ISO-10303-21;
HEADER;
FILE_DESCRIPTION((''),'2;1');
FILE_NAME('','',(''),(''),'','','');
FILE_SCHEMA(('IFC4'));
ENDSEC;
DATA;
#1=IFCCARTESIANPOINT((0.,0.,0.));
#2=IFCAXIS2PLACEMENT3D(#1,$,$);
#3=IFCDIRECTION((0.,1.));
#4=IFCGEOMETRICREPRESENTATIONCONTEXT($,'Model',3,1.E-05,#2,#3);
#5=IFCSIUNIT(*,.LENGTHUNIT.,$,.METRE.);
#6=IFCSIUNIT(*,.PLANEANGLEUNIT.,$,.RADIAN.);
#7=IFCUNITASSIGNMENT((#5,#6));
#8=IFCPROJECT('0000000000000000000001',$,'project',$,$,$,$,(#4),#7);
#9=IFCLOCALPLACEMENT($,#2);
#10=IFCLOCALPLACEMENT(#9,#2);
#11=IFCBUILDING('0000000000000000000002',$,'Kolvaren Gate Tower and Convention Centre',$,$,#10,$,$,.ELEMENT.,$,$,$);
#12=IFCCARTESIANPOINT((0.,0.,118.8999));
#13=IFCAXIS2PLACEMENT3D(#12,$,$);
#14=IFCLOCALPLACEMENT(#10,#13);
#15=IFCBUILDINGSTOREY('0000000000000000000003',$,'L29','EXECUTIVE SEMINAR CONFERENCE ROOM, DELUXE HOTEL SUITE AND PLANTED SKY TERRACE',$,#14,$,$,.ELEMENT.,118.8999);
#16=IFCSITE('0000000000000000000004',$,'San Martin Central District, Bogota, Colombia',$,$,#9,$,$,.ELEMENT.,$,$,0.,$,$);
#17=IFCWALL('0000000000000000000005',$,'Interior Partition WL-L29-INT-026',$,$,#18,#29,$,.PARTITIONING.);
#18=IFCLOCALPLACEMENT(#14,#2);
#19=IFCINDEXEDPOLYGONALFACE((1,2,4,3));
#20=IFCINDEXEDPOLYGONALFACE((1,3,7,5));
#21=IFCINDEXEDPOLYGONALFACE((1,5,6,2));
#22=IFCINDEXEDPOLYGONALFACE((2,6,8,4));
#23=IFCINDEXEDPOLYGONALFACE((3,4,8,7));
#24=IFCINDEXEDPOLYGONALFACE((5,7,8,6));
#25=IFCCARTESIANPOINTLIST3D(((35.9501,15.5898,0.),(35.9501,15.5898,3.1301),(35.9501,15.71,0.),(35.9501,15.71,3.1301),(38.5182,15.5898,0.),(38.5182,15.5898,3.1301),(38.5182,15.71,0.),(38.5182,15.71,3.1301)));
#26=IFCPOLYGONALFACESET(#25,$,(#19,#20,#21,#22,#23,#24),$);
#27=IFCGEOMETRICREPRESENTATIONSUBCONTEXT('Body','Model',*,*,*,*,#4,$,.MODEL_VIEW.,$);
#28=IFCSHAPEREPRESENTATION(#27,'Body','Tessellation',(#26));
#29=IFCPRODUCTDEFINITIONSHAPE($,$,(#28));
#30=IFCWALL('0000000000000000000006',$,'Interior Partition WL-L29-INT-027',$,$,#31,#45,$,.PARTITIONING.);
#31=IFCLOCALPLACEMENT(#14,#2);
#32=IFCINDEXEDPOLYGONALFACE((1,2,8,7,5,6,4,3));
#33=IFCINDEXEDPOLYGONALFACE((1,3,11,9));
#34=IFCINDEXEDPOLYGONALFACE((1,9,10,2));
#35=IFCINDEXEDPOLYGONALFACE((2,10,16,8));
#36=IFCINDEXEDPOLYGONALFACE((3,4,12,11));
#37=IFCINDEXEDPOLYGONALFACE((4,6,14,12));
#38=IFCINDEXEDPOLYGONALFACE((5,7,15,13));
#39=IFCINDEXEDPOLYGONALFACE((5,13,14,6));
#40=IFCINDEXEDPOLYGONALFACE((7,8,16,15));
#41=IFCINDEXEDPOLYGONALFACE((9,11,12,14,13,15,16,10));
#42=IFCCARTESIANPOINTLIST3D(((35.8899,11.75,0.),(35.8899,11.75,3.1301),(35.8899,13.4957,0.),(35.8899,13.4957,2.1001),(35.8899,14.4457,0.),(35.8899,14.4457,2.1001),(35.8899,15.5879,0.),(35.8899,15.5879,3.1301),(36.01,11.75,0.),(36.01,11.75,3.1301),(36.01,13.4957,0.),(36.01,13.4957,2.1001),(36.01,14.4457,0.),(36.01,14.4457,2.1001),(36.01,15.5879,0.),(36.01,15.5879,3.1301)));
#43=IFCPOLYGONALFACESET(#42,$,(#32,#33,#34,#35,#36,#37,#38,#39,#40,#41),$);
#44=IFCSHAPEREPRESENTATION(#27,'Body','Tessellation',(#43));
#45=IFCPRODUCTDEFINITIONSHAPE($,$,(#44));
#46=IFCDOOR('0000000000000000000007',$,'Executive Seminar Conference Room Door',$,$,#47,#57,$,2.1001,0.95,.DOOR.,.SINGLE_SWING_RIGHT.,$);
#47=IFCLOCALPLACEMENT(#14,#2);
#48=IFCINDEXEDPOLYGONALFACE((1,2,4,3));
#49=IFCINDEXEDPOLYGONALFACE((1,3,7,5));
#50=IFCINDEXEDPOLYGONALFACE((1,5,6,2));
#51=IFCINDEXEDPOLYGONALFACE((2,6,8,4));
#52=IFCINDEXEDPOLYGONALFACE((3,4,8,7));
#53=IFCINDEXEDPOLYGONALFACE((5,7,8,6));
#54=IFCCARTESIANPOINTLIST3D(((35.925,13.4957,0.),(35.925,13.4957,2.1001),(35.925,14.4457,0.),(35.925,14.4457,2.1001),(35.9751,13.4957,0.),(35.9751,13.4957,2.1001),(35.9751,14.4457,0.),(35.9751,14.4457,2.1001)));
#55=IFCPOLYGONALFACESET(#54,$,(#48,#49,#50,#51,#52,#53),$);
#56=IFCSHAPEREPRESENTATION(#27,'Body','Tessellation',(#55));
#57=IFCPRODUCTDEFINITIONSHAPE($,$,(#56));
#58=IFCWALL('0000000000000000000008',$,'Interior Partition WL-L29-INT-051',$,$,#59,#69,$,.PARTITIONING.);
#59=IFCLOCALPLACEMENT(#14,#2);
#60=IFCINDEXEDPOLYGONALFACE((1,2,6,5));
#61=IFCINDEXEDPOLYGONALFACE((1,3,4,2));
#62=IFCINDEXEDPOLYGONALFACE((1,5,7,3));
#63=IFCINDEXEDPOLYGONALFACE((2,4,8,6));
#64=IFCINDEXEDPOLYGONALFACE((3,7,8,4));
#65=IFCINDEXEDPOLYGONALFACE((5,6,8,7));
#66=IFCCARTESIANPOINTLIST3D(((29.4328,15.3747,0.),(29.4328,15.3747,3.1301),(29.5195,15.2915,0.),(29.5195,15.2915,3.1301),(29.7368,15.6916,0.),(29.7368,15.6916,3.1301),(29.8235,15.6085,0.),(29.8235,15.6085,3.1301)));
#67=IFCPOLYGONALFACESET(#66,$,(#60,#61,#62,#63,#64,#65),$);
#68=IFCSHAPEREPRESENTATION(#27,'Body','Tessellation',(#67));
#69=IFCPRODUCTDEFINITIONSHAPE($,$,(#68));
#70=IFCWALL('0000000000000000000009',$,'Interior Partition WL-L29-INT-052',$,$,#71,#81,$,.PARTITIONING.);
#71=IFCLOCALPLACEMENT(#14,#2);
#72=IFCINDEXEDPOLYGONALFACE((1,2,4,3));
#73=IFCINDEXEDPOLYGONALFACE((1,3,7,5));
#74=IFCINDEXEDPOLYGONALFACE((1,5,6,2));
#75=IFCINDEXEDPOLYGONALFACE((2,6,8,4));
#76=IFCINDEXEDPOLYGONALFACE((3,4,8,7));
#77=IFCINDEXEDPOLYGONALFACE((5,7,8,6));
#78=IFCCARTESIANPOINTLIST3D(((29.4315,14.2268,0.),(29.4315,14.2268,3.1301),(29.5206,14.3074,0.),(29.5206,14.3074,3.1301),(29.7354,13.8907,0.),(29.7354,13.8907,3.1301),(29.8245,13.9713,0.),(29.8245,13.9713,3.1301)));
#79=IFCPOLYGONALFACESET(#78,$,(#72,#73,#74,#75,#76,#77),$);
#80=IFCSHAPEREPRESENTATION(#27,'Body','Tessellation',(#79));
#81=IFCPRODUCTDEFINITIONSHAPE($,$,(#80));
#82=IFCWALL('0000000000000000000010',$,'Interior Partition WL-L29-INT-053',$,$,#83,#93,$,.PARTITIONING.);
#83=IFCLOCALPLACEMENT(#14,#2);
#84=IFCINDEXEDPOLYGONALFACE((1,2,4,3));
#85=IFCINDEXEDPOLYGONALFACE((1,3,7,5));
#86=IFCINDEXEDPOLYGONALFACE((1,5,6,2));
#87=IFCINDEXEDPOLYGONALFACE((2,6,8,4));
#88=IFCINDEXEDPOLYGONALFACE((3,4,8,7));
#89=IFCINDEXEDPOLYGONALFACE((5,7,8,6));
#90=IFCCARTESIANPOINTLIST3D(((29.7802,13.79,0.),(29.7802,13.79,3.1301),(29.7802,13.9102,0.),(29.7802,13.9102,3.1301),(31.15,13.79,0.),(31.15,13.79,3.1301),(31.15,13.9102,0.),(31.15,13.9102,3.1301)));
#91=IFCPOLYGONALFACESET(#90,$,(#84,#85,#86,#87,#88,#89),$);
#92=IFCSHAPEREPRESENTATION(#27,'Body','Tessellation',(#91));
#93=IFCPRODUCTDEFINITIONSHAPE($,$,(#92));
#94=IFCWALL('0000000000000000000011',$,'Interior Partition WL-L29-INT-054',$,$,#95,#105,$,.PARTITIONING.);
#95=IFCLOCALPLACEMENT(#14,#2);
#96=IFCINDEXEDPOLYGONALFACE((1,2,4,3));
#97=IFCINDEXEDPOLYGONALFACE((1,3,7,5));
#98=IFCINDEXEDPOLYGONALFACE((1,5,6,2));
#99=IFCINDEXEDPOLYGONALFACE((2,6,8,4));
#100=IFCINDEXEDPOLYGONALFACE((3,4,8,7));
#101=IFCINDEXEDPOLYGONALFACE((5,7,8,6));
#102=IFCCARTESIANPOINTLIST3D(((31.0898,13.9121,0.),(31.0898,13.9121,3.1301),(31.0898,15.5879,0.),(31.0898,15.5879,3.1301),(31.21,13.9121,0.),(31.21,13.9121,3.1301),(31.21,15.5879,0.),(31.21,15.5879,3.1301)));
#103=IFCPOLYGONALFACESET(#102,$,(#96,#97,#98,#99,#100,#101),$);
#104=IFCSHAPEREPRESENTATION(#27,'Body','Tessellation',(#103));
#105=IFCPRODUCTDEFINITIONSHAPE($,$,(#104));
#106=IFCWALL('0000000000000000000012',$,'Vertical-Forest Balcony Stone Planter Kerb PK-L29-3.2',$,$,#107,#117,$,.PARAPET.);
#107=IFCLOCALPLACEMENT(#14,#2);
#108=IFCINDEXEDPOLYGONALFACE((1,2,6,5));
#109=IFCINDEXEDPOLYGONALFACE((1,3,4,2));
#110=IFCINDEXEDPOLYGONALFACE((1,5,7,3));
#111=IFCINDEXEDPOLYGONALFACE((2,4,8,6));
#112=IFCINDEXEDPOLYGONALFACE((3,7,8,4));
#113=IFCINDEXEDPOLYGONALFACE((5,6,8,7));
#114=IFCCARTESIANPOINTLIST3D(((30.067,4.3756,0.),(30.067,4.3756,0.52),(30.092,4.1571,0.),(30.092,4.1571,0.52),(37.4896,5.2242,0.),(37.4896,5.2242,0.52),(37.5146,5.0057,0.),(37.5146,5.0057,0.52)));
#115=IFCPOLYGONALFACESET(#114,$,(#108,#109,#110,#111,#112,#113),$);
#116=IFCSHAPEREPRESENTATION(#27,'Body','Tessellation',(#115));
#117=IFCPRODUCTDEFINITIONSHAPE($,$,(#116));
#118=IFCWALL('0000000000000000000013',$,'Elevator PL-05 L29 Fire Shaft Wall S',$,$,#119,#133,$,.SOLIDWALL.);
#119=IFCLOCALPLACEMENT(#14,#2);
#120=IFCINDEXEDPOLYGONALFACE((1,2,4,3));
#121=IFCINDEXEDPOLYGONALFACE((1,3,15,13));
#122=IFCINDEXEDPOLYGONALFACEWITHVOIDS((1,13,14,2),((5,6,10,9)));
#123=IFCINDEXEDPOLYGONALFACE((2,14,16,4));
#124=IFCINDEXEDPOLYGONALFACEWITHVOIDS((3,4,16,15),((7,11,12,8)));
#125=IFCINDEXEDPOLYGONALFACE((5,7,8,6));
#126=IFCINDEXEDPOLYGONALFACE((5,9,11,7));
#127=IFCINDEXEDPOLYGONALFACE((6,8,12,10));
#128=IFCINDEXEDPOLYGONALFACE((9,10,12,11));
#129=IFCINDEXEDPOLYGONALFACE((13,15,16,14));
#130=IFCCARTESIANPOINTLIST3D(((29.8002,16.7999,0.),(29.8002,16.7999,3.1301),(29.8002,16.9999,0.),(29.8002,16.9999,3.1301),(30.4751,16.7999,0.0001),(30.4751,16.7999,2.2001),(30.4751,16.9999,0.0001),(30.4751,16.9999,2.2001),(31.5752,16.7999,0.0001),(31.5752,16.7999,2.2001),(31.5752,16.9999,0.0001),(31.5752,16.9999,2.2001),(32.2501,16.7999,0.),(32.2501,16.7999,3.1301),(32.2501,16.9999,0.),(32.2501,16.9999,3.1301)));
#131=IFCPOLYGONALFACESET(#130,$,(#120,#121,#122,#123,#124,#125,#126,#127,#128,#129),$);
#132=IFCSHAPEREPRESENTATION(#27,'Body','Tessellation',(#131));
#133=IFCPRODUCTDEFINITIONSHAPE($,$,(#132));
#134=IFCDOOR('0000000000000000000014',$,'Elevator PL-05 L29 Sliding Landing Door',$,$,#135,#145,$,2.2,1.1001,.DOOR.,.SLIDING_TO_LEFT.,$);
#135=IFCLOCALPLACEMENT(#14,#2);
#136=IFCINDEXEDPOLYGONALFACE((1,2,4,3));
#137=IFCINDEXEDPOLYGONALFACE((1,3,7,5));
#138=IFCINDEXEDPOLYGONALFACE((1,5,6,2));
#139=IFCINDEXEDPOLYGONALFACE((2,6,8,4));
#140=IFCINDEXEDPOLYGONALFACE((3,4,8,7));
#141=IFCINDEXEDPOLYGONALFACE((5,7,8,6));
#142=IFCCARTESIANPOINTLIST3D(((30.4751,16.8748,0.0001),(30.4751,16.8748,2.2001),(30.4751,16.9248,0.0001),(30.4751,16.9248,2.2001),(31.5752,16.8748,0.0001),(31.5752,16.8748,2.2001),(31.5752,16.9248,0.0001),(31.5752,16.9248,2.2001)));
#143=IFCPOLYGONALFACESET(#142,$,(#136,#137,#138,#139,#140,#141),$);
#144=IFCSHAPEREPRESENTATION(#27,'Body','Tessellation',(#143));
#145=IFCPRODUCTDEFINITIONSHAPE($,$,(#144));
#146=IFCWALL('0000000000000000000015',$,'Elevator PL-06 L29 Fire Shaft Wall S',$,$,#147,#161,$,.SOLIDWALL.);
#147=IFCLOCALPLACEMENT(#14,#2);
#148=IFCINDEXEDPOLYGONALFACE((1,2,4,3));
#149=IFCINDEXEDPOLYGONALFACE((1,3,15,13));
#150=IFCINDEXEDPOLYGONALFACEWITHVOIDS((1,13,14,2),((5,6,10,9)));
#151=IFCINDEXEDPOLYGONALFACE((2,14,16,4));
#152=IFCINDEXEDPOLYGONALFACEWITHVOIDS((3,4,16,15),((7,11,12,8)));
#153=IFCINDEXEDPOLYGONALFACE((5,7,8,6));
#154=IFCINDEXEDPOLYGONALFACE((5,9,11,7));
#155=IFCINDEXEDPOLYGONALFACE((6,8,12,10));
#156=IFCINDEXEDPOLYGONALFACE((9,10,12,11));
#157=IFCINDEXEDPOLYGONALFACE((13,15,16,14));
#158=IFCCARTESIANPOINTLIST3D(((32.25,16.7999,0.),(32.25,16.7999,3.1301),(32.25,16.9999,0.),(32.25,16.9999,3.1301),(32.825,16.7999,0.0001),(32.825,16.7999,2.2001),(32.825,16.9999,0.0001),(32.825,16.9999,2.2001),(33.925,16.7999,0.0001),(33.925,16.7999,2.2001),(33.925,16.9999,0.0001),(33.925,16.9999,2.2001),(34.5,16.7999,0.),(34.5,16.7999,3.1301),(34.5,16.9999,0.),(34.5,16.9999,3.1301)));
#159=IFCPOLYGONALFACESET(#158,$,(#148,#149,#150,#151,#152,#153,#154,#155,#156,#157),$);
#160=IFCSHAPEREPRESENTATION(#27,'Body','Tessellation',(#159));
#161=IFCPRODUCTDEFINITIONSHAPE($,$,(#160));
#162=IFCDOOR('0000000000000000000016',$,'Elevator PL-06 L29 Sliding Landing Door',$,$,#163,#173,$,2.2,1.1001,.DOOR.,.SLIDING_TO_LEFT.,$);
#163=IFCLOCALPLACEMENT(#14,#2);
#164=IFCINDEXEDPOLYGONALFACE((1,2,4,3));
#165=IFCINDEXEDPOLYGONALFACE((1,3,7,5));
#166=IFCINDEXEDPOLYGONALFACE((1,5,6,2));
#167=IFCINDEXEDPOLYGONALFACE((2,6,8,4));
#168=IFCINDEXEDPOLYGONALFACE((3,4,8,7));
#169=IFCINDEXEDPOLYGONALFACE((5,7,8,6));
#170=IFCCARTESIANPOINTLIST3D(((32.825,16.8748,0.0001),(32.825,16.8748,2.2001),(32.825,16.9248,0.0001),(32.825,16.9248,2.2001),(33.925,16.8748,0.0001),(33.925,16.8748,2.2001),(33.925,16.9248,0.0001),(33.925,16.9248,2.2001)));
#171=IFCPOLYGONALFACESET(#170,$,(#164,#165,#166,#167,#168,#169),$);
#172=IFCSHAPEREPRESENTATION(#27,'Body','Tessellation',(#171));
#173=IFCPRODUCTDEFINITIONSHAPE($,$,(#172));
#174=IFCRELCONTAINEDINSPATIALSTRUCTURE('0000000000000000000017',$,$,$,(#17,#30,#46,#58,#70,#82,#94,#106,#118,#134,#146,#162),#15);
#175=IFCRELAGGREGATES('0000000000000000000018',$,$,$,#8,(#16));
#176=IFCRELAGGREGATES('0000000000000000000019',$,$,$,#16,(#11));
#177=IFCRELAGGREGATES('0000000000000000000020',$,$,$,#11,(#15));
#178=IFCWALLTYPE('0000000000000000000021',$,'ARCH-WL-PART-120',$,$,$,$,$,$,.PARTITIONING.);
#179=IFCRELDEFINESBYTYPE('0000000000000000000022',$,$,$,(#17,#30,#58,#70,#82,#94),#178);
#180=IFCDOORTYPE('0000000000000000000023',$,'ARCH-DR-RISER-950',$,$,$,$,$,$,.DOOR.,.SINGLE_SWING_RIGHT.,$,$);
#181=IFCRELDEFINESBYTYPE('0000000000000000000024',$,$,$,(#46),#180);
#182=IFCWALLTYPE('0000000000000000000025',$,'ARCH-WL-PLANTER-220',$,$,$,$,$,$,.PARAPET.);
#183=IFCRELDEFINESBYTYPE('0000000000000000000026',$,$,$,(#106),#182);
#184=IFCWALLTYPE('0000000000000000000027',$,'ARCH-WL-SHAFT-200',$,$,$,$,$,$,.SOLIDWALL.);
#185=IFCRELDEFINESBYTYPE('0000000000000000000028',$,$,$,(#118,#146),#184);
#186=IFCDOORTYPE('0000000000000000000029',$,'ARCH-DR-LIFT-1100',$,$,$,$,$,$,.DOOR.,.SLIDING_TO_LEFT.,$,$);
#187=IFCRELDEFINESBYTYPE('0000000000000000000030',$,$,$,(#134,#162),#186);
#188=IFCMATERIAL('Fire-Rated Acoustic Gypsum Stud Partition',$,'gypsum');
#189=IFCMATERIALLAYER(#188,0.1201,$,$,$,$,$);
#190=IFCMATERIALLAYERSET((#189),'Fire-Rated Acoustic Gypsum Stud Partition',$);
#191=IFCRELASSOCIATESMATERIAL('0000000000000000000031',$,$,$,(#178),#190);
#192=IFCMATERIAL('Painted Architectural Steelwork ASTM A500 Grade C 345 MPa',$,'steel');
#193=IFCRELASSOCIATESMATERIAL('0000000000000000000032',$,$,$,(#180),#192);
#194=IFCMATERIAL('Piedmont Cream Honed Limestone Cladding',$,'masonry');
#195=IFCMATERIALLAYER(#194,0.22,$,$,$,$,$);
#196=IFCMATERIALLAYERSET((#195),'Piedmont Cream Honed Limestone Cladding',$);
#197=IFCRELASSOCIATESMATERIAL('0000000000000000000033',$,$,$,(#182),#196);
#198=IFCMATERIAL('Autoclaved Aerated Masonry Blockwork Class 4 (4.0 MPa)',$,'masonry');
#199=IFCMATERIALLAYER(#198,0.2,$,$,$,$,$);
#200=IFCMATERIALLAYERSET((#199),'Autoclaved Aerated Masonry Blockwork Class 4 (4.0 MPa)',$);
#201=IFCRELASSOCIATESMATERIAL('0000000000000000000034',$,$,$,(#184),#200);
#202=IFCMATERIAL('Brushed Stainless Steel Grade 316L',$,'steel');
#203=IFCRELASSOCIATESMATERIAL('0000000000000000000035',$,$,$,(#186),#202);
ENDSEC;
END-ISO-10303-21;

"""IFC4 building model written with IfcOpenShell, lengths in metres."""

from ifc_helpers import new_model, si_unit, direction, frame, frame_2d, origin, place, context, subcontext, project, spatial, rectangle, extrude, material, layer, layer_set, type_object, element, fill, save


model = new_model("IFC4")

# Units and contexts
model_context = context("Model", 3, precision=1e-05, world=origin(), true_north=direction((0.0, 1.0)))
body_context = subcontext(model_context, "Body", "Model", "MODEL_VIEW")
ifc_project = project(units=[si_unit("LENGTHUNIT", "METRE"), si_unit("PLANEANGLEUNIT", "RADIAN")], contexts=[model_context])

# Site, building, storey
site_placement = place(None, origin())
site = spatial("IfcSite", under=ifc_project, at=site_placement, Name="San Martin Central District, Bogota, Colombia", CompositionType="ELEMENT", RefElevation=0.0)
building_placement = place(site_placement, origin())
building = spatial("IfcBuilding", under=site, at=building_placement, Name="Kolvaren Gate Tower and Convention Centre", CompositionType="ELEMENT")
storey_placement = place(building_placement, frame((0.0, 0.0, 118.8999)))
storey = spatial("IfcBuildingStorey", under=building, at=storey_placement, Name="L29", Description="EXECUTIVE SEMINAR CONFERENCE ROOM, DELUXE HOTEL SUITE AND PLANTED SKY TERRACE", CompositionType="ELEMENT", Elevation=118.8999)

# Wall
ifc_material_1 = material(Name="Fire-Rated Acoustic Gypsum Stud Partition", Category="gypsum")
ifc_layer_1 = layer(ifc_material_1, 0.1201)
ifc_layer_set_1 = layer_set([ifc_layer_1], Name="Fire-Rated Acoustic Gypsum Stud Partition")
wall_type_1 = type_object("IfcWallType", Name="ARCH-WL-PART-120", PredefinedType="PARTITIONING", material=ifc_layer_set_1)
wall_1_placement = place(storey_placement, frame((35.95, 15.6499, 0.0), z_axis=(0.0, 0.0, 1.0), x_axis=(1.0, 0.0, 0.0)))
element("IfcWall", 1, at=wall_1_placement, inside=storey, type_object=wall_type_1, Name="Interior Partition WL-L29-INT-026", PredefinedType="PARTITIONING", context=body_context, shape_type="SweptSolid", body=[
    extrude(rectangle(XDim=2.5681, YDim=0.1201, at=frame_2d((1.2842, 0.0))), origin(), (0.0, 0.0, 1.0), 3.1301),
])

# Wall, opening, door
wall_2_placement = place(storey_placement, frame((35.95, 11.75, 0.0), z_axis=(0.0, 0.0, 1.0), x_axis=(0.0, 1.0, 0.0)))
wall_2 = element("IfcWall", 2, at=wall_2_placement, inside=storey, type_object=wall_type_1, Name="Interior Partition WL-L29-INT-027", PredefinedType="PARTITIONING", context=body_context, shape_type="SweptSolid", body=[
    extrude(rectangle(XDim=3.8379, YDim=0.1201, at=frame_2d((1.9189, 0.0))), origin(), (0.0, 0.0, 1.0), 3.1301),
])
opening_1_placement = place(wall_2_placement, frame((1.7456, 0.0, 0.0)))
opening_1 = element("IfcOpeningElement", 3, at=opening_1_placement, cuts=wall_2, PredefinedType="OPENING", context=body_context, shape_type="SweptSolid", body=[
    extrude(rectangle(XDim=0.95, YDim=2.1001, at=frame_2d((0.4751, 1.05))), frame((0.0, 0.0701, 0.0), z_axis=(0.0, -1.0, 0.0), x_axis=(1.0, 0.0, 0.0)), (0.0, 0.0, 1.0), 0.1401),
])
ifc_material_2 = material(Name="Painted Architectural Steelwork ASTM A500 Grade C 345 MPa", Category="steel")
door_type_1 = type_object("IfcDoorType", Name="ARCH-DR-RISER-950", OperationType="SINGLE_SWING_RIGHT", PredefinedType="DOOR", material=ifc_material_2)
door_1_placement = place(opening_1_placement, origin())
door_1 = element("IfcDoor", 4, at=door_1_placement, inside=storey, type_object=door_type_1, Name="Executive Seminar Conference Room Door", OperationType="SINGLE_SWING_RIGHT", OverallHeight=2.1001, OverallWidth=0.95, PredefinedType="DOOR", context=body_context, shape_type="SweptSolid", body=[
    extrude(rectangle(XDim=0.95, YDim=2.1001, at=frame_2d((0.4751, 1.05))), frame((0.0, 0.0249, 0.0), z_axis=(0.0, -1.0, 0.0), x_axis=(1.0, 0.0, 0.0)), (0.0, 0.0, 1.0), 0.05),
])
fill(opening_1, door_1)

# Walls
wall_3_placement = place(storey_placement, frame((29.4761, 15.333, 0.0), z_axis=(0.0, 0.0, 1.0), x_axis=(0.692219, 0.721687, 0.0)))
element("IfcWall", 5, at=wall_3_placement, inside=storey, type_object=wall_type_1, Name="Interior Partition WL-L29-INT-051", PredefinedType="PARTITIONING", context=body_context, shape_type="SweptSolid", body=[
    extrude(rectangle(XDim=0.4392, YDim=0.1201, at=frame_2d((0.2197, 0.0))), origin(), (0.0, 0.0, 1.0), 3.1301),
])
wall_4_placement = place(storey_placement, frame((29.4761, 14.2671, 0.0), z_axis=(0.0, 0.0, 1.0), x_axis=(0.670659, -0.741765, 0.0)))
element("IfcWall", 6, at=wall_4_placement, inside=storey, type_object=wall_type_1, Name="Interior Partition WL-L29-INT-052", PredefinedType="PARTITIONING", context=body_context, shape_type="SweptSolid", body=[
    extrude(rectangle(XDim=0.4531, YDim=0.1201, at=frame_2d((0.2266, 0.0))), origin(), (0.0, 0.0, 1.0), 3.1301),
])
wall_5_placement = place(storey_placement, frame((29.78, 13.8501, 0.0), z_axis=(0.0, 0.0, 1.0), x_axis=(1.0, 0.0, 0.0)))
element("IfcWall", 7, at=wall_5_placement, inside=storey, type_object=wall_type_1, Name="Interior Partition WL-L29-INT-053", PredefinedType="PARTITIONING", context=body_context, shape_type="SweptSolid", body=[
    extrude(rectangle(XDim=1.3699, YDim=0.1201, at=frame_2d((0.6851, 0.0))), origin(), (0.0, 0.0, 1.0), 3.1301),
])
wall_6_placement = place(storey_placement, frame((31.1499, 13.9121, 0.0), z_axis=(0.0, 0.0, 1.0), x_axis=(0.0, 1.0, 0.0)))
element("IfcWall", 8, at=wall_6_placement, inside=storey, type_object=wall_type_1, Name="Interior Partition WL-L29-INT-054", PredefinedType="PARTITIONING", context=body_context, shape_type="SweptSolid", body=[
    extrude(rectangle(XDim=1.6758, YDim=0.1201, at=frame_2d((0.8379, 0.0))), origin(), (0.0, 0.0, 1.0), 3.1301),
])
ifc_material_3 = material(Name="Piedmont Cream Honed Limestone Cladding", Category="masonry")
ifc_layer_2 = layer(ifc_material_3, 0.22)
ifc_layer_set_2 = layer_set([ifc_layer_2], Name="Piedmont Cream Honed Limestone Cladding")
wall_type_2 = type_object("IfcWallType", Name="ARCH-WL-PLANTER-220", PredefinedType="PARAPET", material=ifc_layer_set_2)
wall_7_placement = place(storey_placement, frame((30.0796, 4.2664, 0.0), z_axis=(0.0, 0.0, 1.0), x_axis=(0.993528, 0.113591, 0.0)))
element("IfcWall", 9, at=wall_7_placement, inside=storey, type_object=wall_type_2, Name="Vertical-Forest Balcony Stone Planter Kerb PK-L29-3.2", PredefinedType="PARAPET", context=body_context, shape_type="SweptSolid", body=[
    extrude(rectangle(XDim=7.4709, YDim=0.22, at=frame_2d((3.7354, 0.0))), origin(), (0.0, 0.0, 1.0), 0.52),
])

# Walls, openings, doors
ifc_material_4 = material(Name="Autoclaved Aerated Masonry Blockwork Class 4 (4.0 MPa)", Category="masonry")
ifc_layer_3 = layer(ifc_material_4, 0.2)
ifc_layer_set_3 = layer_set([ifc_layer_3], Name="Autoclaved Aerated Masonry Blockwork Class 4 (4.0 MPa)")
wall_type_3 = type_object("IfcWallType", Name="ARCH-WL-SHAFT-200", PredefinedType="SOLIDWALL", material=ifc_layer_set_3)
wall_8_placement = place(storey_placement, frame((29.8, 16.8999, 0.0), z_axis=(0.0, 0.0, 1.0), x_axis=(1.0, 0.0, 0.0)))
wall_8 = element("IfcWall", 10, at=wall_8_placement, inside=storey, type_object=wall_type_3, Name="Elevator PL-05 L29 Fire Shaft Wall S", PredefinedType="SOLIDWALL", context=body_context, shape_type="SweptSolid", body=[
    extrude(rectangle(XDim=2.45, YDim=0.2, at=frame_2d((1.2251, 0.0))), origin(), (0.0, 0.0, 1.0), 3.1301),
])
opening_2_placement = place(wall_8_placement, frame((0.675, 0.0, 0.0)))
opening_2 = element("IfcOpeningElement", 11, at=opening_2_placement, cuts=wall_8, PredefinedType="OPENING", context=body_context, shape_type="SweptSolid", body=[
    extrude(rectangle(XDim=1.1001, YDim=2.2, at=frame_2d((0.55, 1.1001))), frame((0.0, 0.1099, 0.0), z_axis=(0.0, -1.0, 0.0), x_axis=(1.0, 0.0, 0.0)), (0.0, 0.0, 1.0), 0.22),
])
ifc_material_5 = material(Name="Brushed Stainless Steel Grade 316L", Category="steel")
door_type_2 = type_object("IfcDoorType", Name="ARCH-DR-LIFT-1100", OperationType="SLIDING_TO_LEFT", PredefinedType="DOOR", material=ifc_material_5)
door_2_placement = place(opening_2_placement, origin())
door_2 = element("IfcDoor", 12, at=door_2_placement, inside=storey, type_object=door_type_2, Name="Elevator PL-05 L29 Sliding Landing Door", OperationType="SLIDING_TO_LEFT", OverallHeight=2.2, OverallWidth=1.1001, PredefinedType="DOOR", context=body_context, shape_type="SweptSolid", body=[
    extrude(rectangle(XDim=1.1001, YDim=2.2, at=frame_2d((0.55, 1.1001))), frame((0.0, 0.0249, 0.0), z_axis=(0.0, -1.0, 0.0), x_axis=(1.0, 0.0, 0.0)), (0.0, 0.0, 1.0), 0.05),
])
fill(opening_2, door_2)
wall_9_placement = place(storey_placement, frame((32.25, 16.8999, 0.0), z_axis=(0.0, 0.0, 1.0), x_axis=(1.0, 0.0, 0.0)))
wall_9 = element("IfcWall", 13, at=wall_9_placement, inside=storey, type_object=wall_type_3, Name="Elevator PL-06 L29 Fire Shaft Wall S", PredefinedType="SOLIDWALL", context=body_context, shape_type="SweptSolid", body=[
    extrude(rectangle(XDim=2.25, YDim=0.2, at=frame_2d((1.125, 0.0))), origin(), (0.0, 0.0, 1.0), 3.1301),
])
opening_3_placement = place(wall_9_placement, frame((0.575, 0.0, 0.0)))
opening_3 = element("IfcOpeningElement", 14, at=opening_3_placement, cuts=wall_9, PredefinedType="OPENING", context=body_context, shape_type="SweptSolid", body=[
    extrude(rectangle(XDim=1.1001, YDim=2.2, at=frame_2d((0.55, 1.1001))), frame((0.0, 0.1099, 0.0), z_axis=(0.0, -1.0, 0.0), x_axis=(1.0, 0.0, 0.0)), (0.0, 0.0, 1.0), 0.22),
])
door_3_placement = place(opening_3_placement, origin())
door_3 = element("IfcDoor", 15, at=door_3_placement, inside=storey, type_object=door_type_2, Name="Elevator PL-06 L29 Sliding Landing Door", OperationType="SLIDING_TO_LEFT", OverallHeight=2.2, OverallWidth=1.1001, PredefinedType="DOOR", context=body_context, shape_type="SweptSolid", body=[
    extrude(rectangle(XDim=1.1001, YDim=2.2, at=frame_2d((0.55, 1.1001))), frame((0.0, 0.0249, 0.0), z_axis=(0.0, -1.0, 0.0), x_axis=(1.0, 0.0, 0.0)), (0.0, 0.0, 1.0), 0.05),
])
fill(opening_3, door_3)

save(model, "model.ifc")
